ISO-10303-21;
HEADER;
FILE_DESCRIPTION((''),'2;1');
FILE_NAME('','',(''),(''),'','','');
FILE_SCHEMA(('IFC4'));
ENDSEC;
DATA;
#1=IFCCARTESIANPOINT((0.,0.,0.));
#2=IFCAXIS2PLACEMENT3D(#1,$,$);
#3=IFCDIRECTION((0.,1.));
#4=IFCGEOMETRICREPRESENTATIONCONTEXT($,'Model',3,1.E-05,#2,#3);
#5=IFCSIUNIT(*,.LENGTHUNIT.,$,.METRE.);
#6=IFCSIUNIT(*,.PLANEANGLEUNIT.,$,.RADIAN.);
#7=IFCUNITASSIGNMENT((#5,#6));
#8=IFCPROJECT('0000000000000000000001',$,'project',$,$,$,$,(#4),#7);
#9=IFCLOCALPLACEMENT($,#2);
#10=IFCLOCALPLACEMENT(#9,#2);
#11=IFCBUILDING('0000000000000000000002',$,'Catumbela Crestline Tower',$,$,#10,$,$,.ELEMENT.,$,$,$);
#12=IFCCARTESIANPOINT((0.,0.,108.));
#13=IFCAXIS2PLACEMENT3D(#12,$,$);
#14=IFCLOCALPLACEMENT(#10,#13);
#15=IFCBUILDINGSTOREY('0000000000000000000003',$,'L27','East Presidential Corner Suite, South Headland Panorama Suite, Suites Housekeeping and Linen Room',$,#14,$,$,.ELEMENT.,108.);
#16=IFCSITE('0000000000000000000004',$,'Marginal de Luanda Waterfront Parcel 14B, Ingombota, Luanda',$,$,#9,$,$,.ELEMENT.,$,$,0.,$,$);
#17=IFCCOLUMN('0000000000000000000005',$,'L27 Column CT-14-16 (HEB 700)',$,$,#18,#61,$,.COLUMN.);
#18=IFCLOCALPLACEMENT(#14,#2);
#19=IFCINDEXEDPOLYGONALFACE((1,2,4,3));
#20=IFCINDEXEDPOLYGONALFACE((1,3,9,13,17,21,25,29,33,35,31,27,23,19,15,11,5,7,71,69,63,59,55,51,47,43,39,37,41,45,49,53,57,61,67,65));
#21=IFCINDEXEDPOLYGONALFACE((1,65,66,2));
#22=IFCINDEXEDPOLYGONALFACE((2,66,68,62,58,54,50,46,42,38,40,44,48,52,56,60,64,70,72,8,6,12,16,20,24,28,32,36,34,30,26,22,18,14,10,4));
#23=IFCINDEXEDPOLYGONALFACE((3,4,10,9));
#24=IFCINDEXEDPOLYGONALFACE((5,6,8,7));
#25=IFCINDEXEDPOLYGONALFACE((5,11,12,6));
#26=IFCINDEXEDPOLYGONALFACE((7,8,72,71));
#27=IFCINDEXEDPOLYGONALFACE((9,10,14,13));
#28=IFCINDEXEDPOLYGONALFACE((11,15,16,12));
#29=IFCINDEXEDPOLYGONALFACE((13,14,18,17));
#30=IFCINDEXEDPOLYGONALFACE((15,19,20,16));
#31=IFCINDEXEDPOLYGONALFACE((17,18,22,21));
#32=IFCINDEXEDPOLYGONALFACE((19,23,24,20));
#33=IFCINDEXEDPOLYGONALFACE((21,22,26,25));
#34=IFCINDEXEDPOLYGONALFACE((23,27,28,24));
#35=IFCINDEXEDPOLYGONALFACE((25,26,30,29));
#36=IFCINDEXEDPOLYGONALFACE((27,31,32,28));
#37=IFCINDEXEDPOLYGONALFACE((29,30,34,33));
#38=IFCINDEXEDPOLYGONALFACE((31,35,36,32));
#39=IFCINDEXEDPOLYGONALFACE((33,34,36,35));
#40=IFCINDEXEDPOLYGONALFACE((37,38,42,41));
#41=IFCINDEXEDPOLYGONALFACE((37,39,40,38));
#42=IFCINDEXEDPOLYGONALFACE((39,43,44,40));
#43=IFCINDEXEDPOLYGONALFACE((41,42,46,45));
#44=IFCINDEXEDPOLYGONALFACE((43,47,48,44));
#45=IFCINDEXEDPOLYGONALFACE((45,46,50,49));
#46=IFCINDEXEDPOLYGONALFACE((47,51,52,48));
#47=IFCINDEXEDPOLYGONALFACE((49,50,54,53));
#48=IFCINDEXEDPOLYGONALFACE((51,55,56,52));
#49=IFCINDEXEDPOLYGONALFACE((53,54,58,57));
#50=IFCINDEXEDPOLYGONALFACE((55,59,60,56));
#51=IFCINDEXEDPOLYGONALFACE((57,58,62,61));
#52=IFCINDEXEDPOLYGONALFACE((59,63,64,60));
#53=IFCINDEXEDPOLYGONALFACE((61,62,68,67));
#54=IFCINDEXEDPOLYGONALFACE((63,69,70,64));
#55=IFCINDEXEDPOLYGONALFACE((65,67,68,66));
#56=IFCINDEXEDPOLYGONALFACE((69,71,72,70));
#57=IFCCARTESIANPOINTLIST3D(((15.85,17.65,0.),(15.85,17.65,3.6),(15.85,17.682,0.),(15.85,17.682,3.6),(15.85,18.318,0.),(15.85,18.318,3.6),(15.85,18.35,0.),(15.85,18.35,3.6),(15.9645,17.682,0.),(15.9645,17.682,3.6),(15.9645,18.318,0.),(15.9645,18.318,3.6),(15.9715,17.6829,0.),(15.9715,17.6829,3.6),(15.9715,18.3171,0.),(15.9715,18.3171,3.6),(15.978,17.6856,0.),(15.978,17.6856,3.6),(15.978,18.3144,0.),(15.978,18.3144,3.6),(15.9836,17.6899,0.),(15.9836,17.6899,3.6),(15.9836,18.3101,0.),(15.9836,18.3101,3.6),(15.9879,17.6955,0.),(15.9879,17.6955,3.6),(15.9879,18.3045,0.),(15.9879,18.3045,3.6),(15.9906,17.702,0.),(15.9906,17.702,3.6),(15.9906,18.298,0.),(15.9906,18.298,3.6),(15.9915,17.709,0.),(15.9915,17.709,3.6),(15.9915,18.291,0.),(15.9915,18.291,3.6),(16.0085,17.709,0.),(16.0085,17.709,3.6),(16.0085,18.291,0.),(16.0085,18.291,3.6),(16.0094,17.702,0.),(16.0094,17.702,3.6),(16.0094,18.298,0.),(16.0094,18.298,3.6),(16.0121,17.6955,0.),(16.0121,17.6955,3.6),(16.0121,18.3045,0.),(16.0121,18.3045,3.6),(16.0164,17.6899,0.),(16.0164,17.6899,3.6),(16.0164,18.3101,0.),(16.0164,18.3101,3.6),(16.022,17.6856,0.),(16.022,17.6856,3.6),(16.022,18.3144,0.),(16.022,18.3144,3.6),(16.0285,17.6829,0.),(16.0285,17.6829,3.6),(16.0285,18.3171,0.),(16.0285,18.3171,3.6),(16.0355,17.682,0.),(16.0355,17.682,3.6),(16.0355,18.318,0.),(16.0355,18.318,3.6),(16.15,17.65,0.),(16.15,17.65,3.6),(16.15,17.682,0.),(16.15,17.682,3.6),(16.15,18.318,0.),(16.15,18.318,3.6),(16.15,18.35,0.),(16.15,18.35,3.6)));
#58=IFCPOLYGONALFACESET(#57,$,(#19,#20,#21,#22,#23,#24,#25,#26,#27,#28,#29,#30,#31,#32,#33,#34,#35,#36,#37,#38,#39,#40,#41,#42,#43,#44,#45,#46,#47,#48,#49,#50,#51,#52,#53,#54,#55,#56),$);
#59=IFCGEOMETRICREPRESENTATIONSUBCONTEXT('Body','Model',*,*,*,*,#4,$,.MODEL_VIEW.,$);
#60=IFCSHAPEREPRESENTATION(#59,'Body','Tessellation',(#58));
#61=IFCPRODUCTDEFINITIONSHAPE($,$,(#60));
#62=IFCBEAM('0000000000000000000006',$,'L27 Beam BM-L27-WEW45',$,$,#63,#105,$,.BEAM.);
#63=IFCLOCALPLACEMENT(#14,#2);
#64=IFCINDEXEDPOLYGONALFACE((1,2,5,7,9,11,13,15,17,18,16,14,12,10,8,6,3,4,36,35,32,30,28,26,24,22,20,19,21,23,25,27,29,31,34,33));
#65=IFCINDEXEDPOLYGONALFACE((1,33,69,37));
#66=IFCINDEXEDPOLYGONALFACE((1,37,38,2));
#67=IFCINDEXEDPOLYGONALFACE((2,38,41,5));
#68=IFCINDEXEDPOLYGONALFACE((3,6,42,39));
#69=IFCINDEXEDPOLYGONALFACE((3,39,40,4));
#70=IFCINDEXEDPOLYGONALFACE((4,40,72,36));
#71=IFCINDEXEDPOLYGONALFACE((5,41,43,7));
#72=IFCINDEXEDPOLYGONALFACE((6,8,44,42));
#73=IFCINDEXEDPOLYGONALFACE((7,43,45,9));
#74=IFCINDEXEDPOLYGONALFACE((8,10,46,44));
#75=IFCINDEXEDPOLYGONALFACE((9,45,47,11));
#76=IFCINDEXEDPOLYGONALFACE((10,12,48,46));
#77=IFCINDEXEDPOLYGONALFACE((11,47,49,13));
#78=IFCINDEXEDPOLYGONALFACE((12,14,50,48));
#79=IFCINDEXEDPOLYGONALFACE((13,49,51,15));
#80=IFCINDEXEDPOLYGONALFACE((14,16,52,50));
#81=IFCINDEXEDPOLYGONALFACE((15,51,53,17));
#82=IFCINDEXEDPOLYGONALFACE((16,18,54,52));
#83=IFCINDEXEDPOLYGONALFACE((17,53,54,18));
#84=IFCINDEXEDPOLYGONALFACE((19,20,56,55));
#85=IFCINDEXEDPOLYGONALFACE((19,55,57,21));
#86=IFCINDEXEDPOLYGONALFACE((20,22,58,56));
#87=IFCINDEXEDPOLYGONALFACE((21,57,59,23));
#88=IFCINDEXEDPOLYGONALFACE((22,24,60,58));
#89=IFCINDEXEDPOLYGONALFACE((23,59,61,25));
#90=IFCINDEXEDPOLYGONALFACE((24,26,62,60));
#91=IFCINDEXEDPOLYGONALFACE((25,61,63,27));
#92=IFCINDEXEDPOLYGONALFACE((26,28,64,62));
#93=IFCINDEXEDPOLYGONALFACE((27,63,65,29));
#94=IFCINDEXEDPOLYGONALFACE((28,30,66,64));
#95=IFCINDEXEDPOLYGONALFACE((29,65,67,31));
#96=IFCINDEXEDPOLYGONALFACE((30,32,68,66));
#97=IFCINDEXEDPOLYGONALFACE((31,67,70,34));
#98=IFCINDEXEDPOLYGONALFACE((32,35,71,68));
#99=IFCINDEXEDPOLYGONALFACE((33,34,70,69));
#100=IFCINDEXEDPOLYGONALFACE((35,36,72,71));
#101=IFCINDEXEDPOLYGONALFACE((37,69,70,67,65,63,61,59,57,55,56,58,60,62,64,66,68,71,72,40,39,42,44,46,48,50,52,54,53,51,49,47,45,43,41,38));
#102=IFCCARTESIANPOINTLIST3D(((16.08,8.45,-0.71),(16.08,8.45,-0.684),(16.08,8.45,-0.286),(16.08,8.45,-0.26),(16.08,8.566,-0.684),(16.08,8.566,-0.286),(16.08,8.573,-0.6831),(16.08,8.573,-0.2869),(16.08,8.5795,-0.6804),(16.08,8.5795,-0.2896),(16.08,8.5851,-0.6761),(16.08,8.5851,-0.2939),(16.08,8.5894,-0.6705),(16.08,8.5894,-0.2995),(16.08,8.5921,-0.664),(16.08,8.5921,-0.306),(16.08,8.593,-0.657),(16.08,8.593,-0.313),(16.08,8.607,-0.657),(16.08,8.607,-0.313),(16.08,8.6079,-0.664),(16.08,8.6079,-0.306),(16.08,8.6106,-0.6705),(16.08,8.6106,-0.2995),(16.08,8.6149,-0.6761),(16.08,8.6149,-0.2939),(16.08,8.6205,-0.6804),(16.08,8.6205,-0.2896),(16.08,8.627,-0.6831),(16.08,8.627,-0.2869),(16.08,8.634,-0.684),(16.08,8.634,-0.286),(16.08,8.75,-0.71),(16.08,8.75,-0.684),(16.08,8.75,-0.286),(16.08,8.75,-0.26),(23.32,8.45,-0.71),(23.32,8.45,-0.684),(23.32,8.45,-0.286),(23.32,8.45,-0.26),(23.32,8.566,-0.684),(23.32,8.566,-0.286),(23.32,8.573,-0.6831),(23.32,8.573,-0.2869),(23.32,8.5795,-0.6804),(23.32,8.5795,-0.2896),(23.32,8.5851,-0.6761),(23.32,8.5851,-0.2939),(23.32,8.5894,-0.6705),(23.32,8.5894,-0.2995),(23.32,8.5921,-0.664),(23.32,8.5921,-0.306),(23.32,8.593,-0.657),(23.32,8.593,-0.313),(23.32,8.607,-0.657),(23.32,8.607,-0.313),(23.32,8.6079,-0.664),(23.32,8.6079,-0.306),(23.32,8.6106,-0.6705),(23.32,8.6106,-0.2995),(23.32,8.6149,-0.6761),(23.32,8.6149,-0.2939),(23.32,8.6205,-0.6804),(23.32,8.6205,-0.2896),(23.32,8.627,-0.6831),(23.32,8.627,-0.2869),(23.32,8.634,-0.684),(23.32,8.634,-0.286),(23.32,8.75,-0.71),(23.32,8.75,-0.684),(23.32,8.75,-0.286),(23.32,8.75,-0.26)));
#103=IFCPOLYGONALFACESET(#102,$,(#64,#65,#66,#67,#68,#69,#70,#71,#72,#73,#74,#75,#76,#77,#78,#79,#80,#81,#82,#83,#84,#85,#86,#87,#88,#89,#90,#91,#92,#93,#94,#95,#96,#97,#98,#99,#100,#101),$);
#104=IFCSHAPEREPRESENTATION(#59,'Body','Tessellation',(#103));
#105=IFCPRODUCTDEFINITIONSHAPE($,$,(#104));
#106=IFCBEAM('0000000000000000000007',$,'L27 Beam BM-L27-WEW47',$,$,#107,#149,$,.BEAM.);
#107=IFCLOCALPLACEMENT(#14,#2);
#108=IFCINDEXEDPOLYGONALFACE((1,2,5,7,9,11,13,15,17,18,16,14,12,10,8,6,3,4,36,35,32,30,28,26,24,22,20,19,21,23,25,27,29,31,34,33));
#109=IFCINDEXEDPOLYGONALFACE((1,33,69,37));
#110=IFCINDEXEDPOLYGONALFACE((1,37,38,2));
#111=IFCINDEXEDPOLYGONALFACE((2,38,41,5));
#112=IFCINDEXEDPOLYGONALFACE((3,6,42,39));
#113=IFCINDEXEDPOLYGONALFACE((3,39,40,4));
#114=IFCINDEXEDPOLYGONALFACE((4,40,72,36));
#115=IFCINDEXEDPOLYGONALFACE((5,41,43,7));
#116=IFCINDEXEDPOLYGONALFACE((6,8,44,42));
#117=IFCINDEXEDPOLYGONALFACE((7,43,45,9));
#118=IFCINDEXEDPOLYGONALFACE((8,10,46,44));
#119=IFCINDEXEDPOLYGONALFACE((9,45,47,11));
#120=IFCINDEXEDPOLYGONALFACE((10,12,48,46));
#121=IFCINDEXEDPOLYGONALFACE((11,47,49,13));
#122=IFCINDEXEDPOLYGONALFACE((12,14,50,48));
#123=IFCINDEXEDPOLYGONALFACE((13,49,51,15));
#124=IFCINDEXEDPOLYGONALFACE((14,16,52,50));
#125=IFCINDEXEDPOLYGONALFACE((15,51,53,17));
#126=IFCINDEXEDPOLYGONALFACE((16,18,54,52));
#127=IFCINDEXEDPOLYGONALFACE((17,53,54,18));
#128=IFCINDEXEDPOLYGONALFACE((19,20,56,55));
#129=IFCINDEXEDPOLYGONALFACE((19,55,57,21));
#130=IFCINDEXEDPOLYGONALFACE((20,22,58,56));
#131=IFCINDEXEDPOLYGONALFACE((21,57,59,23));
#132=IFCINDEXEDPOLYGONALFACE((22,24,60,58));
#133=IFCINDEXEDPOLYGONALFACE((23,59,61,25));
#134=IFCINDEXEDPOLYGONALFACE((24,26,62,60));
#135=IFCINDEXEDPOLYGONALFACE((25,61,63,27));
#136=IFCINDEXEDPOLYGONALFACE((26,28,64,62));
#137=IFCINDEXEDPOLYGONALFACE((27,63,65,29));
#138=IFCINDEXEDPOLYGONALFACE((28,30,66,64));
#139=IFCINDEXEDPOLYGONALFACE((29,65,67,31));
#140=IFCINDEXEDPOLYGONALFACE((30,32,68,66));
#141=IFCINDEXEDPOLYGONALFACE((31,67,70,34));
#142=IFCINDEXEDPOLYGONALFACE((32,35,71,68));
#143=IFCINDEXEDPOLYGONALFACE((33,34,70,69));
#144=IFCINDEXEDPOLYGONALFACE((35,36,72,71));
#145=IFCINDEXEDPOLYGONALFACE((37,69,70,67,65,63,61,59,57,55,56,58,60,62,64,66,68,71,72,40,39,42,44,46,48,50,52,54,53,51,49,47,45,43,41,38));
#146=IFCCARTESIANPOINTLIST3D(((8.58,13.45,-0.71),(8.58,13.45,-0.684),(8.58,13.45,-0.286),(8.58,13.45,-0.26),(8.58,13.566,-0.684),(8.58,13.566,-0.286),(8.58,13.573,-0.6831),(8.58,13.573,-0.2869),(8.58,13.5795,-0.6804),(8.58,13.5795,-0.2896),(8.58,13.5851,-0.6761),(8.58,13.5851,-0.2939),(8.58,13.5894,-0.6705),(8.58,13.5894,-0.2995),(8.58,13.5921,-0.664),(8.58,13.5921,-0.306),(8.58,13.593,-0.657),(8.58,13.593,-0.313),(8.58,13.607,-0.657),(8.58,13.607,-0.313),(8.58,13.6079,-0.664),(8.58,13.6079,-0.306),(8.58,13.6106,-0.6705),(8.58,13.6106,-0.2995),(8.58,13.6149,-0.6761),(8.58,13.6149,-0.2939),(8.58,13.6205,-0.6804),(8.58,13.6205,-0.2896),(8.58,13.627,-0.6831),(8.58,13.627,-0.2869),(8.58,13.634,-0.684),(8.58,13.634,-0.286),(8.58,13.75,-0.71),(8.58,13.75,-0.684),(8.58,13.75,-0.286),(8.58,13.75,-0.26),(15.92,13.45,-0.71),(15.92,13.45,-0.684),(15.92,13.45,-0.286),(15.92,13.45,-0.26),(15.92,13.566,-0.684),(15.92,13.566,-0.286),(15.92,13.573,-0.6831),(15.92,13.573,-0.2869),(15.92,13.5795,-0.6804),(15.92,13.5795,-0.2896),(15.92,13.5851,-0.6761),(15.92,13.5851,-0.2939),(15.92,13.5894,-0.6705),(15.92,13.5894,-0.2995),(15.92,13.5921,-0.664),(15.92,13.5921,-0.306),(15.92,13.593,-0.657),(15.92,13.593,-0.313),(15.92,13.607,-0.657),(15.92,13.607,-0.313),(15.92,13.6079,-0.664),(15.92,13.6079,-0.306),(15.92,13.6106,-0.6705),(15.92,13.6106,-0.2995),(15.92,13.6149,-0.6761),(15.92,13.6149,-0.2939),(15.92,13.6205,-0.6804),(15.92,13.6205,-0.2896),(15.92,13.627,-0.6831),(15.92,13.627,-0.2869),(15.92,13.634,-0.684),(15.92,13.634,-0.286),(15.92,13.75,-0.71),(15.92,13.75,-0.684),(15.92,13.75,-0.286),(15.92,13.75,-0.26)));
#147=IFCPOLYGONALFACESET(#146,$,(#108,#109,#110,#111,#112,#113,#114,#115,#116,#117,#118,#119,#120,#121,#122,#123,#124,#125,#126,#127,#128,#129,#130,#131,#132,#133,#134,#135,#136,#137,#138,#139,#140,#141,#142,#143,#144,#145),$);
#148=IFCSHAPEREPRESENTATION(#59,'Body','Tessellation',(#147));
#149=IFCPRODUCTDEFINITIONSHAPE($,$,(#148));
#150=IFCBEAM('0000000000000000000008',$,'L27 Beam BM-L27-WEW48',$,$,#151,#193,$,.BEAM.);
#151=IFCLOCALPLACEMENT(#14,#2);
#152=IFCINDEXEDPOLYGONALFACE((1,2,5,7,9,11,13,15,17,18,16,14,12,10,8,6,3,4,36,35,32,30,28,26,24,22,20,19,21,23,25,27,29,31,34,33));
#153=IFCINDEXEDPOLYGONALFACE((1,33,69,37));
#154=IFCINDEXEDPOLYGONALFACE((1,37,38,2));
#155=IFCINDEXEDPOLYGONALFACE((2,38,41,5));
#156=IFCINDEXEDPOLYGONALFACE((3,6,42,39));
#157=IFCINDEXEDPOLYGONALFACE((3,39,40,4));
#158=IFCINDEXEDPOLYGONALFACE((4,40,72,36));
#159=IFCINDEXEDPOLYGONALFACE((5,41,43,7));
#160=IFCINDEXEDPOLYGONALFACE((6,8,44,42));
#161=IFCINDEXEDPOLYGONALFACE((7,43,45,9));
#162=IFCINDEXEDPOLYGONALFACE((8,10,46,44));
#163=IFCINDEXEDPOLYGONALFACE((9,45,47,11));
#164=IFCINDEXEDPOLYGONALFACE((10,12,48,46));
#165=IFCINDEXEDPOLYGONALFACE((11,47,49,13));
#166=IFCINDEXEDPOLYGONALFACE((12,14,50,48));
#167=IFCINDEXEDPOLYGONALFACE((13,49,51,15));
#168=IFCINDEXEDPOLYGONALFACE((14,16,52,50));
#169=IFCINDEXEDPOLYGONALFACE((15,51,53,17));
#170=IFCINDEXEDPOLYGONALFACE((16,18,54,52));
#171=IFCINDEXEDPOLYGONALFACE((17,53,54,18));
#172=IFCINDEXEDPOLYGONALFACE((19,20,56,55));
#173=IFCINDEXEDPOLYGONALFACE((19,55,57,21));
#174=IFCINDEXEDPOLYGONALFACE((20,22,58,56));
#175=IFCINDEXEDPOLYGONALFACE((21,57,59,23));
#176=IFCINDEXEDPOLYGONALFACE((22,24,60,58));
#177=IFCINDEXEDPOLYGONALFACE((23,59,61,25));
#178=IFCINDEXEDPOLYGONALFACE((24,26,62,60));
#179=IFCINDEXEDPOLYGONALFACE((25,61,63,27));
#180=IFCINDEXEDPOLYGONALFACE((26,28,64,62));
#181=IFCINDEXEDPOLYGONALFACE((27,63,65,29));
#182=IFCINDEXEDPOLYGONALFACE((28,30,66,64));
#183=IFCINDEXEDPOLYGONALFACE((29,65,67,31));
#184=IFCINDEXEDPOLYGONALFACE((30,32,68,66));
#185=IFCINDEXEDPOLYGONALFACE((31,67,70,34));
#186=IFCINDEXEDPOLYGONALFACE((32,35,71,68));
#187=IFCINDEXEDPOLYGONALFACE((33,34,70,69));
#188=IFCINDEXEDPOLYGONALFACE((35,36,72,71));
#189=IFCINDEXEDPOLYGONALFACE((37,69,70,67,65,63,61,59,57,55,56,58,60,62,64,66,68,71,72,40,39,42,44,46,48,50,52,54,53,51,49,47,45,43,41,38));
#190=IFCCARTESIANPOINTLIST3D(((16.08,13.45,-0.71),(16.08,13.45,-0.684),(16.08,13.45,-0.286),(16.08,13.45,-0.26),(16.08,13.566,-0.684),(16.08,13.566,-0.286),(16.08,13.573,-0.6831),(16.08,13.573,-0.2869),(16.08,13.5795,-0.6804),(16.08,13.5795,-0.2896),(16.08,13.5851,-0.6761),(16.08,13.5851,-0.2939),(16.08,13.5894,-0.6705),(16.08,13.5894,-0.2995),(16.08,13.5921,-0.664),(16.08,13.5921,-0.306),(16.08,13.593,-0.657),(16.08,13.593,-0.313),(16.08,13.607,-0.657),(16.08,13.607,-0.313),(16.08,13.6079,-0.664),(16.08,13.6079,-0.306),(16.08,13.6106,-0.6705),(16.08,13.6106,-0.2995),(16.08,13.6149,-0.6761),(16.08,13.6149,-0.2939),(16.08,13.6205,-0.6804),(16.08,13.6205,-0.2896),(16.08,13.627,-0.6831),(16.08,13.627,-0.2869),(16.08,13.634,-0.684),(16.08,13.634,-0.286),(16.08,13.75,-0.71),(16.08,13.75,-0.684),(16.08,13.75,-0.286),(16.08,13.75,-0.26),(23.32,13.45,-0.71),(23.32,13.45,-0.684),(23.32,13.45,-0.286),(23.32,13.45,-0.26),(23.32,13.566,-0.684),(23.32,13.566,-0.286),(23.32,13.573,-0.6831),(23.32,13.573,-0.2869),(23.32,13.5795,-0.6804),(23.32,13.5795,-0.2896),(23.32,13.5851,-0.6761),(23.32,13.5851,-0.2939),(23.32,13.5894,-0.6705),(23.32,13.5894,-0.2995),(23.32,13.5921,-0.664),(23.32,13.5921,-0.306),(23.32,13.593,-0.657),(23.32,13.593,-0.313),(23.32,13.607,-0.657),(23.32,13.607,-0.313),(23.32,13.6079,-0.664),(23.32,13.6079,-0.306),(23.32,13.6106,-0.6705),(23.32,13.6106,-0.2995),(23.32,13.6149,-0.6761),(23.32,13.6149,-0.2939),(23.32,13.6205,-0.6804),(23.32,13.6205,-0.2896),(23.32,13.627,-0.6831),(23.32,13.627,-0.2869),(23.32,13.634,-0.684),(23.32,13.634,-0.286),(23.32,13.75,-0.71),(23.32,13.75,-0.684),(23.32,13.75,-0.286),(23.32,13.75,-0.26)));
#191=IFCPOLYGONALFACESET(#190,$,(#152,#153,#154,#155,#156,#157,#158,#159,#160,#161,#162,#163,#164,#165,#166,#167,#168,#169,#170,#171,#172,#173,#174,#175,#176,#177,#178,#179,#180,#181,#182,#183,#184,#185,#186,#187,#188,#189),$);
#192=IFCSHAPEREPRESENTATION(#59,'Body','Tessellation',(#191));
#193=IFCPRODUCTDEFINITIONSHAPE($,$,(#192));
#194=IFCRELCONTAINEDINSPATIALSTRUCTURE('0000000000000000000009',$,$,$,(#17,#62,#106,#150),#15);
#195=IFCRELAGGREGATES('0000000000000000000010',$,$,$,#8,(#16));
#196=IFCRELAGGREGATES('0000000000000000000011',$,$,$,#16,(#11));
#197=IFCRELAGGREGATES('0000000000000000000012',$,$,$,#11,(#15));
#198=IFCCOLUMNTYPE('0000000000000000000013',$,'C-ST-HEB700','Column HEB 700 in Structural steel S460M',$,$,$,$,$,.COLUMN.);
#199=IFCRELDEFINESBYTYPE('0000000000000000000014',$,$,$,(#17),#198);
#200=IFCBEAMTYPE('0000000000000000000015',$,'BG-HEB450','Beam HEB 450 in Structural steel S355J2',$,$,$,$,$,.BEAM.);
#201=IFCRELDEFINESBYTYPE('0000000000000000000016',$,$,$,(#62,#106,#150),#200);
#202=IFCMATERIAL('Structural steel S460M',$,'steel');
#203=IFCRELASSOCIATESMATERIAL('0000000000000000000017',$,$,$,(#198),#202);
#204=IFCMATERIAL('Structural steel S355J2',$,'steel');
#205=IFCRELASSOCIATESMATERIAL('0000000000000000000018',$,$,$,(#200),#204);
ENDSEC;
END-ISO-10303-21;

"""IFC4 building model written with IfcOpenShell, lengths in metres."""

from ifc_helpers import new_model, si_unit, direction, frame, origin, origin_2d, place, context, subcontext, project, spatial, i_section, extrude, material, material_profile, profile_set, type_object, element, save


model = new_model("IFC4")

# Units and contexts
model_context = context("Model", 3, precision=1e-05, world=origin(), true_north=direction((0.0, 1.0)))
body_context = subcontext(model_context, "Body", "Model", "MODEL_VIEW")
ifc_project = project(units=[si_unit("LENGTHUNIT", "METRE"), si_unit("PLANEANGLEUNIT", "RADIAN")], contexts=[model_context])

# Site, building, storey
site_placement = place(None, origin())
site = spatial("IfcSite", under=ifc_project, at=site_placement, Name="Marginal de Luanda Waterfront Parcel 14B, Ingombota, Luanda", CompositionType="ELEMENT", RefElevation=0.0)
building_placement = place(site_placement, origin())
building = spatial("IfcBuilding", under=site, at=building_placement, Name="Catumbela Crestline Tower", CompositionType="ELEMENT")
storey_placement = place(building_placement, frame((0.0, 0.0, 108.0)))
storey = spatial("IfcBuildingStorey", under=building, at=storey_placement, Name="L27", Description="East Presidential Corner Suite, South Headland Panorama Suite, Suites Housekeeping and Linen Room", CompositionType="ELEMENT", Elevation=108.0)

# Column
ifc_material_1 = material(Name="Structural steel S460M", Category="steel")
ifc_material_profile_1 = material_profile(ifc_material_1, i_section(OverallWidth=0.3, OverallDepth=0.7, WebThickness=0.017, FlangeThickness=0.032, FilletRadius=0.027, at=origin_2d()), Name="HEB 700")
ifc_profile_set_1 = profile_set([ifc_material_profile_1], Name="Structural steel S460M")
column_type = type_object("IfcColumnType", Name="C-ST-HEB700", Description="Column HEB 700 in Structural steel S460M", PredefinedType="COLUMN", material=ifc_profile_set_1)
for number, where, z_axis, x_axis, name in (
    (1, (16.0, 18.0, 0.0), (0.0, 0.0, 1.0), (1.0, 0.0, 0.0), "L27 Column CT-14-16 (HEB 700)"),
):
    element("IfcColumn", number, at=place(storey_placement, frame(where, z_axis=z_axis, x_axis=x_axis)), inside=storey, type_object=column_type, Name=name, PredefinedType="COLUMN", context=body_context, shape_type="SweptSolid", body=[
        extrude(i_section(OverallWidth=0.3, OverallDepth=0.7, WebThickness=0.017, FlangeThickness=0.032, FilletRadius=0.027, at=origin_2d()), origin(), (0.0, 0.0, 1.0), 3.6),
    ])

# Beams
ifc_material_2 = material(Name="Structural steel S355J2", Category="steel")
ifc_material_profile_2 = material_profile(ifc_material_2, i_section(OverallWidth=0.3, OverallDepth=0.45, WebThickness=0.014, FlangeThickness=0.026, FilletRadius=0.027, at=origin_2d()), Name="HEB 450")
ifc_profile_set_2 = profile_set([ifc_material_profile_2], Name="Structural steel S355J2")
beam_type_1 = type_object("IfcBeamType", Name="BG-HEB450", Description="Beam HEB 450 in Structural steel S355J2", PredefinedType="BEAM", material=ifc_profile_set_2)
beam_1_placement = place(storey_placement, frame((16.08, 8.6, -0.485), z_axis=(1.0, 0.0, 0.0), x_axis=(0.0, 1.0, 0.0)))
element("IfcBeam", 2, at=beam_1_placement, inside=storey, type_object=beam_type_1, Name="L27 Beam BM-L27-WEW45", PredefinedType="BEAM", context=body_context, shape_type="SweptSolid", body=[
    extrude(i_section(OverallWidth=0.3, OverallDepth=0.45, WebThickness=0.014, FlangeThickness=0.026, FilletRadius=0.027, at=origin_2d()), origin(), (0.0, 0.0, 1.0), 7.24),
])
beam_2_placement = place(storey_placement, frame((8.58, 13.6, -0.485), z_axis=(1.0, 0.0, 0.0), x_axis=(0.0, 1.0, 0.0)))
element("IfcBeam", 3, at=beam_2_placement, inside=storey, type_object=beam_type_1, Name="L27 Beam BM-L27-WEW47", PredefinedType="BEAM", context=body_context, shape_type="SweptSolid", body=[
    extrude(i_section(OverallWidth=0.3, OverallDepth=0.45, WebThickness=0.014, FlangeThickness=0.026, FilletRadius=0.027, at=origin_2d()), origin(), (0.0, 0.0, 1.0), 7.34),
])
beam_3_placement = place(storey_placement, frame((16.08, 13.6, -0.485), z_axis=(1.0, 0.0, 0.0), x_axis=(0.0, 1.0, 0.0)))
element("IfcBeam", 4, at=beam_3_placement, inside=storey, type_object=beam_type_1, Name="L27 Beam BM-L27-WEW48", PredefinedType="BEAM", context=body_context, shape_type="SweptSolid", body=[
    extrude(i_section(OverallWidth=0.3, OverallDepth=0.45, WebThickness=0.014, FlangeThickness=0.026, FilletRadius=0.027, at=origin_2d()), origin(), (0.0, 0.0, 1.0), 7.24),
])

save(model, "model.ifc")
